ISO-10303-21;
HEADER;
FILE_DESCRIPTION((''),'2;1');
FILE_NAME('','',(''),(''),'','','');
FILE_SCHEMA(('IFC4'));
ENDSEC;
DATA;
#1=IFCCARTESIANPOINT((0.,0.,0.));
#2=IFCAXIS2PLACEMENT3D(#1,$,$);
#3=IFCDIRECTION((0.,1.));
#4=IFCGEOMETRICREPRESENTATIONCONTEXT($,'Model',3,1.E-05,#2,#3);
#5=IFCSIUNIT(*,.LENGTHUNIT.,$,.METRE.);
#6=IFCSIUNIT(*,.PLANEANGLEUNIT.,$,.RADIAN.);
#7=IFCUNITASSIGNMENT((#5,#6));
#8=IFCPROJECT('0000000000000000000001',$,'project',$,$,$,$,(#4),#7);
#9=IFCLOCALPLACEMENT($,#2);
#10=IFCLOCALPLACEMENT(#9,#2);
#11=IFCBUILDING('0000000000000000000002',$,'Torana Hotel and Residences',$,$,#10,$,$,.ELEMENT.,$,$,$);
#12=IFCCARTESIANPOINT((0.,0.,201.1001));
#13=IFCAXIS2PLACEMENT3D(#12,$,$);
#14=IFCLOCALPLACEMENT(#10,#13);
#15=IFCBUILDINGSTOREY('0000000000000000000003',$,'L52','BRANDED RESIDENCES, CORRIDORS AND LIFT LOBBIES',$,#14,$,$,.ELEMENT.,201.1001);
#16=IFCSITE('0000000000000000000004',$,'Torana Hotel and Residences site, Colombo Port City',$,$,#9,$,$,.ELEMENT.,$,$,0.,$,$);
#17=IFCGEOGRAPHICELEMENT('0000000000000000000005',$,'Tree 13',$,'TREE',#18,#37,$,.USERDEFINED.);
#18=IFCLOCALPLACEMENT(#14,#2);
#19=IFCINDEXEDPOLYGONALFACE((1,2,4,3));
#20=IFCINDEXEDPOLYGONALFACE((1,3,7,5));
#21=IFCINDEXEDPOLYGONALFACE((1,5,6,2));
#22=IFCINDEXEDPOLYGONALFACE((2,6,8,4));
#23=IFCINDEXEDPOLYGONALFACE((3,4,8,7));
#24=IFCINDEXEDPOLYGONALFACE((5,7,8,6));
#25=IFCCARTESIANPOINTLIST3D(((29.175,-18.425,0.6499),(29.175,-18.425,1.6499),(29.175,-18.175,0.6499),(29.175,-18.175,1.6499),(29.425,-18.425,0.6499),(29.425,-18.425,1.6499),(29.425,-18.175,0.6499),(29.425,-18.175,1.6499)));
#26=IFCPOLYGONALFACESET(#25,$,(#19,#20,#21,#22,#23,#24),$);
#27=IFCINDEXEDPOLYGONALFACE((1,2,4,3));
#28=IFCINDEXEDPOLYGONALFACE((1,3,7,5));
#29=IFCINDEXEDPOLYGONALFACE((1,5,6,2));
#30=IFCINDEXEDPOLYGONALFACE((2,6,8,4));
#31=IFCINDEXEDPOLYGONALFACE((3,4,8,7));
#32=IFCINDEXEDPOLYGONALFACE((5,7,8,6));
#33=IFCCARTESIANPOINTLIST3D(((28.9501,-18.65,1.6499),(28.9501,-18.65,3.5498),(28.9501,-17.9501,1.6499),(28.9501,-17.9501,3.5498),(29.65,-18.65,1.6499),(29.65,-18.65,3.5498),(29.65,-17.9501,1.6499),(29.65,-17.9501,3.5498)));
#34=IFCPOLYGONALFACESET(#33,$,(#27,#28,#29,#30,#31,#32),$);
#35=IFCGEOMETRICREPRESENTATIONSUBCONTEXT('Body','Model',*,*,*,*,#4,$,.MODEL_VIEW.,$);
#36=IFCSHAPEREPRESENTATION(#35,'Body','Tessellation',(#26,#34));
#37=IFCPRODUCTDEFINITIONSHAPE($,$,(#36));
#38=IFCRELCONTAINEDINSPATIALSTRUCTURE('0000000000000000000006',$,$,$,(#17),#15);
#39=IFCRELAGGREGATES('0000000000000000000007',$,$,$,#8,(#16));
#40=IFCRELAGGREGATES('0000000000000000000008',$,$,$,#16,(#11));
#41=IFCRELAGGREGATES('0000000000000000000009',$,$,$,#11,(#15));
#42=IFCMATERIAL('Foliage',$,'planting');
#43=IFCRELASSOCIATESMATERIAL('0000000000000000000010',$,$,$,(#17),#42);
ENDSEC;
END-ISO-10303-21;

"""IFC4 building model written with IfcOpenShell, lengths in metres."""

from ifc_helpers import new_model, si_unit, direction, frame, origin, origin_2d, place, context, subcontext, project, spatial, rectangle, extrude, material, element, save


model = new_model("IFC4")

# Units and contexts
model_context = context("Model", 3, precision=1e-05, world=origin(), true_north=direction((0.0, 1.0)))
body_context = subcontext(model_context, "Body", "Model", "MODEL_VIEW")
ifc_project = project(units=[si_unit("LENGTHUNIT", "METRE"), si_unit("PLANEANGLEUNIT", "RADIAN")], contexts=[model_context])

# Site, building, storey
site_placement = place(None, origin())
site = spatial("IfcSite", under=ifc_project, at=site_placement, Name="Torana Hotel and Residences site, Colombo Port City", CompositionType="ELEMENT", RefElevation=0.0)
building_placement = place(site_placement, origin())
building = spatial("IfcBuilding", under=site, at=building_placement, Name="Torana Hotel and Residences", CompositionType="ELEMENT")
storey_placement = place(building_placement, frame((0.0, 0.0, 201.1001)))
storey = spatial("IfcBuildingStorey", under=building, at=storey_placement, Name="L52", Description="BRANDED RESIDENCES, CORRIDORS AND LIFT LOBBIES", CompositionType="ELEMENT", Elevation=201.1001)

# Geographic element
ifc_material_1 = material(Name="Foliage", Category="planting")
geographic_element_placement = place(storey_placement, frame((29.3, -18.3, 0.6499), z_axis=(0.0, 0.0, 1.0), x_axis=(1.0, 0.0, 0.0)))
element("IfcGeographicElement", 1, at=geographic_element_placement, inside=storey, material=ifc_material_1, Name="Tree 13", ObjectType="TREE", PredefinedType="USERDEFINED", context=body_context, shape_type="SweptSolid", body=[
    extrude(rectangle(XDim=0.25, YDim=0.25, at=origin_2d()), origin(), (0.0, 0.0, 1.0), 1.0),
    extrude(rectangle(XDim=0.7, YDim=0.7, at=origin_2d()), frame((0.0, 0.0, 1.0)), (0.0, 0.0, 1.0), 1.8999),
])

save(model, "model.ifc")
